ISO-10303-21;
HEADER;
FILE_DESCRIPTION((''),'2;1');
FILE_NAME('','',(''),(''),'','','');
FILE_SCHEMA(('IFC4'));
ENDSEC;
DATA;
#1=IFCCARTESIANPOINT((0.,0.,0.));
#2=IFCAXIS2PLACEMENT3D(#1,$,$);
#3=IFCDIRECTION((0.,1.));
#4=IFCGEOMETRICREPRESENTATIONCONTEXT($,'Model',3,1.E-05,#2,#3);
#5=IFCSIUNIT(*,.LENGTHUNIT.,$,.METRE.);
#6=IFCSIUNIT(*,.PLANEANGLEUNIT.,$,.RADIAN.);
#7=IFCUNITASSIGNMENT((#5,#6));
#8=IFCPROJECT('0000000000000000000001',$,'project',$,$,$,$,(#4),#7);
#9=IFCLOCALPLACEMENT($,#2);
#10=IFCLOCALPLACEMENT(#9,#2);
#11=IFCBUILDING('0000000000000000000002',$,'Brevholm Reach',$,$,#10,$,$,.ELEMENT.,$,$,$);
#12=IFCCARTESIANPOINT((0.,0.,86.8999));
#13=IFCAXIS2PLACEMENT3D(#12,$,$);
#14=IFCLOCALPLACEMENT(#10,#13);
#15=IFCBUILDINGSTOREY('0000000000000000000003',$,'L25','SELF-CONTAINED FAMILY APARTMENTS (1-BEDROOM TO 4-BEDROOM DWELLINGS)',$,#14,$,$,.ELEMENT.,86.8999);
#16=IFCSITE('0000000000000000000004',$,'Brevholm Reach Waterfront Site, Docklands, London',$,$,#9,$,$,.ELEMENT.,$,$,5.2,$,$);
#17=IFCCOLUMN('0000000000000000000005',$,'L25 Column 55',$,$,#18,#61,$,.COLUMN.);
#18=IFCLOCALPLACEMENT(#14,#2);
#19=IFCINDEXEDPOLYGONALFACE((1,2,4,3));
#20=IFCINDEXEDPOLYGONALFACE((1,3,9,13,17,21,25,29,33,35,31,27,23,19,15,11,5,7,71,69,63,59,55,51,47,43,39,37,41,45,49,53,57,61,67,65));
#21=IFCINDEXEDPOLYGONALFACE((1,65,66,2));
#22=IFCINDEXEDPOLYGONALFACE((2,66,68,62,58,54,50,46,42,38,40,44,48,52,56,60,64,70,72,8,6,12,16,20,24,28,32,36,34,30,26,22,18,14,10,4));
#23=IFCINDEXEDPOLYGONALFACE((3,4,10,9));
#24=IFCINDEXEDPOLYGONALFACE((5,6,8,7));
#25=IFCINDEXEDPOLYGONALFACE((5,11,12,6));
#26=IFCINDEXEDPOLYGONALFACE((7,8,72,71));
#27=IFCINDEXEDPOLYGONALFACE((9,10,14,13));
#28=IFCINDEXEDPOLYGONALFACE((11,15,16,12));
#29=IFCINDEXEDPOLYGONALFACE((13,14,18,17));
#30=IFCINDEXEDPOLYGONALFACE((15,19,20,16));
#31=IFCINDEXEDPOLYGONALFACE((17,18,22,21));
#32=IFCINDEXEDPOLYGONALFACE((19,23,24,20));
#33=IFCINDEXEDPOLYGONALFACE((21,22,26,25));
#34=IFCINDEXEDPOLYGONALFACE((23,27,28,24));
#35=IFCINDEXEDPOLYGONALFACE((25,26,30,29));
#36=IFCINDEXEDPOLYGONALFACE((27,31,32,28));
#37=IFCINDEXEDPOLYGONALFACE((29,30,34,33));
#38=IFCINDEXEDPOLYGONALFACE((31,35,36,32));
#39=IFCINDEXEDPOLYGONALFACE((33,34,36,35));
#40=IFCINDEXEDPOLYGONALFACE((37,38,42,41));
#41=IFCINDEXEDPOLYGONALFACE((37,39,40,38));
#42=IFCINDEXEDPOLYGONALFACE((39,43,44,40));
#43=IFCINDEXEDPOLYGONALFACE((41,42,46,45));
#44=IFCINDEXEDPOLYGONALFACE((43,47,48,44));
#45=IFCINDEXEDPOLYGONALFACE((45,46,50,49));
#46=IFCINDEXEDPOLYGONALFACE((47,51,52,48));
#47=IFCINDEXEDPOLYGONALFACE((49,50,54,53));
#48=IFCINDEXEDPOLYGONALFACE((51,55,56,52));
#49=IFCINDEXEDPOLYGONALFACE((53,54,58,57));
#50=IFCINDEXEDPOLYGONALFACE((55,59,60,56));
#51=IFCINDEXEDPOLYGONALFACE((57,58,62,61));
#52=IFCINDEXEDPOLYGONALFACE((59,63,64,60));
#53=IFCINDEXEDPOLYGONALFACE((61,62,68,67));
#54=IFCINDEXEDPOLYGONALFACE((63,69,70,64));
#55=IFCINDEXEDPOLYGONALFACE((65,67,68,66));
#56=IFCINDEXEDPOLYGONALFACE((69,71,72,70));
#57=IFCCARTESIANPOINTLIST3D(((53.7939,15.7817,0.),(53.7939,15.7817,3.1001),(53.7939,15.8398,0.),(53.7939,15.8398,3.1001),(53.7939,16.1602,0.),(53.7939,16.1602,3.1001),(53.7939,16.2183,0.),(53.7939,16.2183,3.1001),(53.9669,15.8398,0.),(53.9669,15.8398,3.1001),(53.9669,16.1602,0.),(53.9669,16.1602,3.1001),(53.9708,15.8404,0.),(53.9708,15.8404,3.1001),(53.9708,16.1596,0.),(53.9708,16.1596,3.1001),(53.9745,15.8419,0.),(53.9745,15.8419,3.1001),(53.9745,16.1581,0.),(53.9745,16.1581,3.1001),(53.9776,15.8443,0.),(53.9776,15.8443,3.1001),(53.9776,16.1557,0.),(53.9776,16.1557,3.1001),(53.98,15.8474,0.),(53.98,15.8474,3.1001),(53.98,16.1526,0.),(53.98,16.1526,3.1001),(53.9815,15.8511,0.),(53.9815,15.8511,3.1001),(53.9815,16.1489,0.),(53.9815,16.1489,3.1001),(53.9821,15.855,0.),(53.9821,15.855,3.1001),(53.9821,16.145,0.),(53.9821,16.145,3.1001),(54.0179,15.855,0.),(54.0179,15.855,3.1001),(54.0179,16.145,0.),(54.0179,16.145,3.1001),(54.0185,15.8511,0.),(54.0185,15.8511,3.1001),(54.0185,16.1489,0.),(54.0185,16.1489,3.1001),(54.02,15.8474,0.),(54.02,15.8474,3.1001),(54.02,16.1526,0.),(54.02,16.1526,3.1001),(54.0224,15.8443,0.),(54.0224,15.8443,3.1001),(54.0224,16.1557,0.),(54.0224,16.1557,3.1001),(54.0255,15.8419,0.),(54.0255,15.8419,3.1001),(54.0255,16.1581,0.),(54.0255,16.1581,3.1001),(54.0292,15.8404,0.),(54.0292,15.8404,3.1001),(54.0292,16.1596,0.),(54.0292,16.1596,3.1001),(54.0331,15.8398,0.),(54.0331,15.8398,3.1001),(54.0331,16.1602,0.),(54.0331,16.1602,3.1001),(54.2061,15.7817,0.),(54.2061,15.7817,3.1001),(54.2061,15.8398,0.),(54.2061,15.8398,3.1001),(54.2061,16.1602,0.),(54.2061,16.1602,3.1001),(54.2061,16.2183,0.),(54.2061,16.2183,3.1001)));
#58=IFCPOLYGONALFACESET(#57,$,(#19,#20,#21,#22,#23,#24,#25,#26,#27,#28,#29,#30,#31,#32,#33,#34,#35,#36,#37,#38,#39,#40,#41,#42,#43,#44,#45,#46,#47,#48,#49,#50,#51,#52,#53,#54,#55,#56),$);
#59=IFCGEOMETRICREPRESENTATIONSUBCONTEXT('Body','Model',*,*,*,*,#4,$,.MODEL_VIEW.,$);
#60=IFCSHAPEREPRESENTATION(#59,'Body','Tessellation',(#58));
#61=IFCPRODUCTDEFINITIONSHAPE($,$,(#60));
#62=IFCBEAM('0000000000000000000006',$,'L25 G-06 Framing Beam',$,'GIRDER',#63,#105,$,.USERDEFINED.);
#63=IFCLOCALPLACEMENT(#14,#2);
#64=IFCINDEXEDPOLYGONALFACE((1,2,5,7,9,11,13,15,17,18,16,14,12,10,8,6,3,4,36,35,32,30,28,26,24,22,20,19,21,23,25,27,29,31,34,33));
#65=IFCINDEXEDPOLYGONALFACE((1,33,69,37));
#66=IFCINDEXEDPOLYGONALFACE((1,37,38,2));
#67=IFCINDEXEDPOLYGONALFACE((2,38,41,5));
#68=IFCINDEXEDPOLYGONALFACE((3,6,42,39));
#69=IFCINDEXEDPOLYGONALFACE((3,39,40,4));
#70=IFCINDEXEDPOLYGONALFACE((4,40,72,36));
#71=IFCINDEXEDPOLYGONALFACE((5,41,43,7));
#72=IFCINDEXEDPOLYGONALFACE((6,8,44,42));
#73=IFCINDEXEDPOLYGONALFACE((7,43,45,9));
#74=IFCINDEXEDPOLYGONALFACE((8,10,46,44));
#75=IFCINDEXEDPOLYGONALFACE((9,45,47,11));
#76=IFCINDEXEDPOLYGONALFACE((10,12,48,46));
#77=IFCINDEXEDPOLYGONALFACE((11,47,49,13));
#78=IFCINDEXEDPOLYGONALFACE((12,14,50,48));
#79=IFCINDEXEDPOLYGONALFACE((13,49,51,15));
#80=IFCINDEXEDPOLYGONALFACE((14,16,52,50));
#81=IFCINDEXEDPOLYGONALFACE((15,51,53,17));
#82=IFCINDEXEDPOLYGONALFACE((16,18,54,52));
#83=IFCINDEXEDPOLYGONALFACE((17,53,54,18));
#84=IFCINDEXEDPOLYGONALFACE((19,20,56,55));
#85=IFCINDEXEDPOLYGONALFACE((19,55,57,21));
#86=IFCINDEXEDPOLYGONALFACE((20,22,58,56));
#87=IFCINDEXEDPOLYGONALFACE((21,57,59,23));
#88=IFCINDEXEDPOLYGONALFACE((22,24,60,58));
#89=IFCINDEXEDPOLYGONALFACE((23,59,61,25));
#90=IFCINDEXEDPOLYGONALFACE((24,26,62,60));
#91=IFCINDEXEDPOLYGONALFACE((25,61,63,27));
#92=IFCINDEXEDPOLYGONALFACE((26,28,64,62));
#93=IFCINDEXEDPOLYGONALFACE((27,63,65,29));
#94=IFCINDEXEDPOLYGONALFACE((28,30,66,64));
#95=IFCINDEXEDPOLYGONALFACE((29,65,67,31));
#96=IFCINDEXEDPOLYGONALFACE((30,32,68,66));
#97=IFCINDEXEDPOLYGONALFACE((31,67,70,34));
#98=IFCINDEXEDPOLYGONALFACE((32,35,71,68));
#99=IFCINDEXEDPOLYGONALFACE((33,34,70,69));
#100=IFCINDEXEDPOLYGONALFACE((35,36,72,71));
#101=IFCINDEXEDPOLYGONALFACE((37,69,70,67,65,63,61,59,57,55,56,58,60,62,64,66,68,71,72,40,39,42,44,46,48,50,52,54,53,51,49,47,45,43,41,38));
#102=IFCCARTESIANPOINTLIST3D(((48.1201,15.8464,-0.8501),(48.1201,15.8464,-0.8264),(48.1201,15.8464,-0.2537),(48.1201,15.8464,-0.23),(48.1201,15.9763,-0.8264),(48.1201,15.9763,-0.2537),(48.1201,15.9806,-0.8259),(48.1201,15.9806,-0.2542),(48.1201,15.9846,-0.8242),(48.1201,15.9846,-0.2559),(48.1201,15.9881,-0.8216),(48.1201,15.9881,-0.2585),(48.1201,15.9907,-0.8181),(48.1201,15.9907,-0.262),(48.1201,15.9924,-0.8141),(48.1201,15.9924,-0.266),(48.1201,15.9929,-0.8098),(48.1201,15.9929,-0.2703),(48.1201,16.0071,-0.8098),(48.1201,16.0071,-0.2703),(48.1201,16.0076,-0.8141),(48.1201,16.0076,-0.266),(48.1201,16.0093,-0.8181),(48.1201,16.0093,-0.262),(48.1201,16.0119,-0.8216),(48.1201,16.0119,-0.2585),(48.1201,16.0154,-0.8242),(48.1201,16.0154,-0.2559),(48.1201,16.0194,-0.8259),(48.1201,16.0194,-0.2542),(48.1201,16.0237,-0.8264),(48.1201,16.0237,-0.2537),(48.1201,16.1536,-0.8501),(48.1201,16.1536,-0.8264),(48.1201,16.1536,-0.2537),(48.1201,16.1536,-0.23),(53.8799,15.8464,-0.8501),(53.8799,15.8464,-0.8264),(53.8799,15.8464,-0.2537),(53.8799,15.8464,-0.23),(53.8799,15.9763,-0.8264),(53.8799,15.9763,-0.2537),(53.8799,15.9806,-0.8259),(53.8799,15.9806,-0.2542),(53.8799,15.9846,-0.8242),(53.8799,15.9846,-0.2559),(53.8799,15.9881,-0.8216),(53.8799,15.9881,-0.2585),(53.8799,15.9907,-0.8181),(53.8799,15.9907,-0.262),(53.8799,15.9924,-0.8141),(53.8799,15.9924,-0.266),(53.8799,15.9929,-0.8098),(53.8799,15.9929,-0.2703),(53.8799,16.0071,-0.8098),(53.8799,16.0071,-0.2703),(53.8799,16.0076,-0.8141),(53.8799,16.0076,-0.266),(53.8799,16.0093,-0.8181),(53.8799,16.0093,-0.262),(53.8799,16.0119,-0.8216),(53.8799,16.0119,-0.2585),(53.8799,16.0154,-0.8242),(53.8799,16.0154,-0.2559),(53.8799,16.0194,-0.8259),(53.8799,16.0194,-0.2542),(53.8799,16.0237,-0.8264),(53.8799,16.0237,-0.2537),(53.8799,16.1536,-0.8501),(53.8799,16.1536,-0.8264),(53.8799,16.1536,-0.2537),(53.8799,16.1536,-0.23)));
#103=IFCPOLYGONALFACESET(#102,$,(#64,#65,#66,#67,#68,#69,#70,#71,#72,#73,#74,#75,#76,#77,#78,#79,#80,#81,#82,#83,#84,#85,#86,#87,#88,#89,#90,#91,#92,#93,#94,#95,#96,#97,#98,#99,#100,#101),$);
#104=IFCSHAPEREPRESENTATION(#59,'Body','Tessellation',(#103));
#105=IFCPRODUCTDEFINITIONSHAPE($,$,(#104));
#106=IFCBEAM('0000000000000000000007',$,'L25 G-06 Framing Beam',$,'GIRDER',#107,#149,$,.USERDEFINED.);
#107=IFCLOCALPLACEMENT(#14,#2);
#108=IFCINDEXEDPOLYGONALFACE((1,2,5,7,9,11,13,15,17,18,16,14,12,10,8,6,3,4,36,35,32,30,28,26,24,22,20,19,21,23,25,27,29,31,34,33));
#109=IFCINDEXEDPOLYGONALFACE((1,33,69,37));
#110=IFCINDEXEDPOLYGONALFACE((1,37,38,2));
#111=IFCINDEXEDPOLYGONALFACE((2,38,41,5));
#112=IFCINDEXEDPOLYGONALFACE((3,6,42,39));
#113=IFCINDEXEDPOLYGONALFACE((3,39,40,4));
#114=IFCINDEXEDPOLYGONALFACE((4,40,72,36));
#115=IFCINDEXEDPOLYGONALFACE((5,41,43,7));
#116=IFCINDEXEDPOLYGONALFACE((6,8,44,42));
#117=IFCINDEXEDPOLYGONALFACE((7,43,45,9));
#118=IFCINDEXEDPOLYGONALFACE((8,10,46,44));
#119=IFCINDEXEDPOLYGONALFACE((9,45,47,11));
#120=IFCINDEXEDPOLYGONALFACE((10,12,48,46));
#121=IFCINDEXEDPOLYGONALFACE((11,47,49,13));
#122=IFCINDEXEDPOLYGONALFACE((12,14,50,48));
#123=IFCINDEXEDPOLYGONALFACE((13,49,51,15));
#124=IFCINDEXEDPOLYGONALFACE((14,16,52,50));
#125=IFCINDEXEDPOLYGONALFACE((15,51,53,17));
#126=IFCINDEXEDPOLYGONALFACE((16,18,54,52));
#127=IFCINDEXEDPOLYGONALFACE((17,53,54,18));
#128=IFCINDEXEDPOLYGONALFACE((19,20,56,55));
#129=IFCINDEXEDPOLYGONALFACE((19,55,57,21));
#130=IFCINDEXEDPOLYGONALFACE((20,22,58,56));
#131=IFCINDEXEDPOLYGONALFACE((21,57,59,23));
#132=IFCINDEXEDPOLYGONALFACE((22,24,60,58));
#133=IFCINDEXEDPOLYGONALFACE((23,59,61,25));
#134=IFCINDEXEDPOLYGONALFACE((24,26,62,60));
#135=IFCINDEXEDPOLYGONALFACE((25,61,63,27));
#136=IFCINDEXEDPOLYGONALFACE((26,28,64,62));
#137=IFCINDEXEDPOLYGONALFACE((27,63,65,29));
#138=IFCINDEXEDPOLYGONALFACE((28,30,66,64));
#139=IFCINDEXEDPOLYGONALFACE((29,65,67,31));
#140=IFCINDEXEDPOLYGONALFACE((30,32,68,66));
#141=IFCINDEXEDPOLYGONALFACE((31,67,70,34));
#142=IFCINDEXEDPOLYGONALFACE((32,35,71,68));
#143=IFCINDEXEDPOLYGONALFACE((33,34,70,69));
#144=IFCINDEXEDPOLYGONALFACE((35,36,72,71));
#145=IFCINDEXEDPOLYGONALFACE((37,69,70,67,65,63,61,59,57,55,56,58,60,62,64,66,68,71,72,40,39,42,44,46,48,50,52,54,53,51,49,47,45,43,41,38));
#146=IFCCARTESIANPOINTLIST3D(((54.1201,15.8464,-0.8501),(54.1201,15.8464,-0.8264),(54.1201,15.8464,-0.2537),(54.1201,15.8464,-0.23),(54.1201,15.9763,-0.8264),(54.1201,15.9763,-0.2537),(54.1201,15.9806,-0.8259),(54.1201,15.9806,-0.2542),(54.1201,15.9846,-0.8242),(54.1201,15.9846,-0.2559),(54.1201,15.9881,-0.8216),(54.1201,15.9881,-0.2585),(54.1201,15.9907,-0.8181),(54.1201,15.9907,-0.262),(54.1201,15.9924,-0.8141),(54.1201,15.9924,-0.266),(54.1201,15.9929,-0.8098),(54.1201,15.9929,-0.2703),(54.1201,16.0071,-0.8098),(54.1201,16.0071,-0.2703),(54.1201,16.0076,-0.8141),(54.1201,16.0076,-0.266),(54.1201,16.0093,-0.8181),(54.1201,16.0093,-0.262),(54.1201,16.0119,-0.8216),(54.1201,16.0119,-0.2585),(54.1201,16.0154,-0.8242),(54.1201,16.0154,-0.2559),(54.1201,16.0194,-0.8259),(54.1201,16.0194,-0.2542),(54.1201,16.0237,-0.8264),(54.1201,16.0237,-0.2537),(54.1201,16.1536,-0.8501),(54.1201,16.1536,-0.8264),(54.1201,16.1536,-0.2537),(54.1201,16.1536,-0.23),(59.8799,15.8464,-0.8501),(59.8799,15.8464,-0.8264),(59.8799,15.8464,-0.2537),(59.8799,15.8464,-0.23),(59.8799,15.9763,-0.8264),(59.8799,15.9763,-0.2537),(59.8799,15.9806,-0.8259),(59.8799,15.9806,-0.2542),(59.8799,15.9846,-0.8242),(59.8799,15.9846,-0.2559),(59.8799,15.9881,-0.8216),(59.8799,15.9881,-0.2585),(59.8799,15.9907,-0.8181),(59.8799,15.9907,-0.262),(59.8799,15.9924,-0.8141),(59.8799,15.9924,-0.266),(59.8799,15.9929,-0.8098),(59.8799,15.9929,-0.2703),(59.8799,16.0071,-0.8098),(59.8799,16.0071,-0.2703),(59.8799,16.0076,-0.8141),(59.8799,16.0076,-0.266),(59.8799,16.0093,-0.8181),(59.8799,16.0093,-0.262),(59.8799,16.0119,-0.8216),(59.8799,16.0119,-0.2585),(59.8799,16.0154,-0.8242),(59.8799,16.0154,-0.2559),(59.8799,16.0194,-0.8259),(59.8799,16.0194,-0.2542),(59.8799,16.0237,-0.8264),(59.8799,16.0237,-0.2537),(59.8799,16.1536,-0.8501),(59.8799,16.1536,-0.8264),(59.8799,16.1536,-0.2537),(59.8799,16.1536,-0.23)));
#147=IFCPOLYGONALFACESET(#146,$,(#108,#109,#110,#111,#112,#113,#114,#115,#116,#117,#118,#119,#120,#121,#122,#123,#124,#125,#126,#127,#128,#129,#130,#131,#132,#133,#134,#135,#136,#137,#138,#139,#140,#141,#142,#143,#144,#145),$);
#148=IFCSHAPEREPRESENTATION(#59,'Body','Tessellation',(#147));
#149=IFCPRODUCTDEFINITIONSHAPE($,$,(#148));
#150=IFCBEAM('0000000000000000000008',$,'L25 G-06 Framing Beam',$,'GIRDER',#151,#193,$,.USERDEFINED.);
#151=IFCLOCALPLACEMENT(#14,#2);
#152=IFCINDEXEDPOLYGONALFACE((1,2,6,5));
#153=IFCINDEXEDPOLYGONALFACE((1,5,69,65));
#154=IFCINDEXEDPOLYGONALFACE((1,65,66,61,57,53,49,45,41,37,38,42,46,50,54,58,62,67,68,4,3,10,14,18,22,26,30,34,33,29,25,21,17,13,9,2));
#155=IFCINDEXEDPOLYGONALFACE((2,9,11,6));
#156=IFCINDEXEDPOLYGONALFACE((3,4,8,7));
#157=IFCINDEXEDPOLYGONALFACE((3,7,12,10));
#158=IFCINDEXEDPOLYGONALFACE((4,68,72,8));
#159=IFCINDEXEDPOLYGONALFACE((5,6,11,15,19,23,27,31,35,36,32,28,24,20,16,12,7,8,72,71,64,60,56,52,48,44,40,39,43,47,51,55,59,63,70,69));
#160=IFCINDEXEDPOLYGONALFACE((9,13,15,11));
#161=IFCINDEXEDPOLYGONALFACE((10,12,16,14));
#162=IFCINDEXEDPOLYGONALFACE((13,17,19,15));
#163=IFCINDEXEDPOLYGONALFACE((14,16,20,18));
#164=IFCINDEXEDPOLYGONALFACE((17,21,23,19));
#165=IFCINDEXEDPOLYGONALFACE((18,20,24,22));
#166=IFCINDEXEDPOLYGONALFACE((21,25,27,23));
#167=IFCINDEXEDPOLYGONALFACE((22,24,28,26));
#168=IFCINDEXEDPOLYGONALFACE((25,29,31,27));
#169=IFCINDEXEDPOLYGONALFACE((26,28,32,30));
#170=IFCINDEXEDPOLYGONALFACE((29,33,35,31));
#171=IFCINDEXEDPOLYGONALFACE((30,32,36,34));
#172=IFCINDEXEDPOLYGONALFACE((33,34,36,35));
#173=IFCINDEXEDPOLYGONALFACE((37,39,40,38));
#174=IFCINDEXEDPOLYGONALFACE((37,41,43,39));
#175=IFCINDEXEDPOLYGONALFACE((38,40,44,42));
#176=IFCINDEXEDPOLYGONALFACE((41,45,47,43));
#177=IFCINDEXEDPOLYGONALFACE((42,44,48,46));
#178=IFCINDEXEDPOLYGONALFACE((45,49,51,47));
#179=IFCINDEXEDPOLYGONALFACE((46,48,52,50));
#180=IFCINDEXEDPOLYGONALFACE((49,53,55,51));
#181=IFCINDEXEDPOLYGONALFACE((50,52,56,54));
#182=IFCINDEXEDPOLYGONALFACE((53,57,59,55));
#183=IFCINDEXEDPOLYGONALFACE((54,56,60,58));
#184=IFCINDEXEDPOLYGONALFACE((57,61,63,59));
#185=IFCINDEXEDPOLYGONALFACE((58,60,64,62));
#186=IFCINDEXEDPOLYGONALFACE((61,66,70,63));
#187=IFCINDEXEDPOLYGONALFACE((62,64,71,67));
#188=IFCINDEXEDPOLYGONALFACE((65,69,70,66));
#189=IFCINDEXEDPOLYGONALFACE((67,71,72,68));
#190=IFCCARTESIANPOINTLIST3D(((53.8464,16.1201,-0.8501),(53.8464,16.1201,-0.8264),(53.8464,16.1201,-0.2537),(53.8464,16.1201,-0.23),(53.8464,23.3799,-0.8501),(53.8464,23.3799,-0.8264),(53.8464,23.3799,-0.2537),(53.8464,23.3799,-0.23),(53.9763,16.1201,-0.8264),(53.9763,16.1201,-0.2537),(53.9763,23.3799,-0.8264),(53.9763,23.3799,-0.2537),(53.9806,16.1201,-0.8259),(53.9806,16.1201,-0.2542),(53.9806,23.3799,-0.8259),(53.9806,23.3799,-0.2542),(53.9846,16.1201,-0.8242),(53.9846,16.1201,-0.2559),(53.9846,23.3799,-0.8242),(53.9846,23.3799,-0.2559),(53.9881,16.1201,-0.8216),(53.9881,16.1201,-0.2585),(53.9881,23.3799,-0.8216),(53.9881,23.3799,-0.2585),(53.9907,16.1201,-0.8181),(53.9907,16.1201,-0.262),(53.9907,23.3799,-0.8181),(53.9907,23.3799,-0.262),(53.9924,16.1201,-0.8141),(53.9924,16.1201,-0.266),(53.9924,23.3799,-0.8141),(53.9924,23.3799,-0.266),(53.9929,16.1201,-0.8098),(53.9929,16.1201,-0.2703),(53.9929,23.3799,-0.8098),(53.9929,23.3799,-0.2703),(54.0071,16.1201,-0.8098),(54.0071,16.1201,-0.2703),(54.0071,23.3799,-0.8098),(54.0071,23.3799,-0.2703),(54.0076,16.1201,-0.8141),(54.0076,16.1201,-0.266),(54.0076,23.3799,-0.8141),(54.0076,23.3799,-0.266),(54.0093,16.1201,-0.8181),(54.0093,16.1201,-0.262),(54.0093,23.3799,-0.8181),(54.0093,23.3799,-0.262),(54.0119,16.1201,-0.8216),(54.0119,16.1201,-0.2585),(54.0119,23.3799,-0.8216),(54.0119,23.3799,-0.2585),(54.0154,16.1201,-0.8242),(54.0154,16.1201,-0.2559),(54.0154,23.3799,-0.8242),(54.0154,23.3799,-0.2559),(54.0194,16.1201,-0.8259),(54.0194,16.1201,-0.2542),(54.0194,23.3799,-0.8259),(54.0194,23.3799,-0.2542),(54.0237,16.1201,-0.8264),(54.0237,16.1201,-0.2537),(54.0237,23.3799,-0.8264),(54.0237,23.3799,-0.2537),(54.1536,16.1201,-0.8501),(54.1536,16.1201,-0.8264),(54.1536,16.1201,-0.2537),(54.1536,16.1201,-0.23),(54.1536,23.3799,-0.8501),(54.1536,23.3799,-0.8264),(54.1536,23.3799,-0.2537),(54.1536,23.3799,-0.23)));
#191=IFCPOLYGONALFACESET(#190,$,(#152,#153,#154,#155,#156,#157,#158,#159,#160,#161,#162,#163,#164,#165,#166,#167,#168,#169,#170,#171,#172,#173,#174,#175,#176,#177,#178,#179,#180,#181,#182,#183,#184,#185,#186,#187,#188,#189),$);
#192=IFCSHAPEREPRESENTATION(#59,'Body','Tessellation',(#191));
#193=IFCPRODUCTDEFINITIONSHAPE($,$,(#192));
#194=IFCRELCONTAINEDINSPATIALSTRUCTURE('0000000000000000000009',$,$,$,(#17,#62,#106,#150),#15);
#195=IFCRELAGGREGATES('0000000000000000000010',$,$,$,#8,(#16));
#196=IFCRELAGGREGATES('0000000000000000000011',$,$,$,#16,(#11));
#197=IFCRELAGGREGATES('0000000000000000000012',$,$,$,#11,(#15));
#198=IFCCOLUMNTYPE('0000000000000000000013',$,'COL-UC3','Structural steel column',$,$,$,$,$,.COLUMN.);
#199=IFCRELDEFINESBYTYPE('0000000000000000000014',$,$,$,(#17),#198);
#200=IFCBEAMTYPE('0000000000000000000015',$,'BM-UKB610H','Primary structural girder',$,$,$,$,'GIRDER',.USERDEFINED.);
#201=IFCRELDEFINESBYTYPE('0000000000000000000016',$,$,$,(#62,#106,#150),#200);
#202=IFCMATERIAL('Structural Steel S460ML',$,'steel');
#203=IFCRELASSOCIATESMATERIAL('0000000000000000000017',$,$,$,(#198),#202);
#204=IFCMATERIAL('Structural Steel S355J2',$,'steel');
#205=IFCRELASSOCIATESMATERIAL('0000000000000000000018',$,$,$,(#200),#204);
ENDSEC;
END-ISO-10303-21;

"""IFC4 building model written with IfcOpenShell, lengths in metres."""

from ifc_helpers import new_model, si_unit, direction, frame, origin, origin_2d, place, context, subcontext, project, spatial, i_section, extrude, material, material_profile, profile_set, type_object, element, save


model = new_model("IFC4")

# Units and contexts
model_context = context("Model", 3, precision=1e-05, world=origin(), true_north=direction((0.0, 1.0)))
body_context = subcontext(model_context, "Body", "Model", "MODEL_VIEW")
ifc_project = project(units=[si_unit("LENGTHUNIT", "METRE"), si_unit("PLANEANGLEUNIT", "RADIAN")], contexts=[model_context])

# Site, building, storey
site_placement = place(None, origin())
site = spatial("IfcSite", under=ifc_project, at=site_placement, Name="Brevholm Reach Waterfront Site, Docklands, London", CompositionType="ELEMENT", RefElevation=5.2)
building_placement = place(site_placement, origin())
building = spatial("IfcBuilding", under=site, at=building_placement, Name="Brevholm Reach", CompositionType="ELEMENT")
storey_placement = place(building_placement, frame((0.0, 0.0, 86.8999)))
storey = spatial("IfcBuildingStorey", under=building, at=storey_placement, Name="L25", Description="SELF-CONTAINED FAMILY APARTMENTS (1-BEDROOM TO 4-BEDROOM DWELLINGS)", CompositionType="ELEMENT", Elevation=86.8999)

# Column
ifc_material_1 = material(Name="Structural Steel S460ML", Category="steel")
ifc_material_profile_1 = material_profile(ifc_material_1, i_section(OverallWidth=0.4121, OverallDepth=0.4365, WebThickness=0.0359, FlangeThickness=0.0581, FilletRadius=0.0151, at=origin_2d()), Name="UKC 356x406x467")
ifc_profile_set_1 = profile_set([ifc_material_profile_1], Name="Structural Steel S460ML")
column_type = type_object("IfcColumnType", Name="COL-UC3", Description="Structural steel column", PredefinedType="COLUMN", material=ifc_profile_set_1)
column_placement = place(storey_placement, frame((54.0, 16.0, 0.0), z_axis=(0.0, 0.0, 1.0), x_axis=(1.0, 0.0, 0.0)))
element("IfcColumn", 1, at=column_placement, inside=storey, type_object=column_type, Name="L25 Column 55", PredefinedType="COLUMN", context=body_context, shape_type="SweptSolid", body=[
    extrude(i_section(OverallWidth=0.4121, OverallDepth=0.4365, WebThickness=0.0359, FlangeThickness=0.0581, FilletRadius=0.0151, at=origin_2d()), origin(), (0.0, 0.0, 1.0), 3.1001),
])

# Beams
ifc_material_2 = material(Name="Structural Steel S355J2", Category="steel")
ifc_material_profile_2 = material_profile(ifc_material_2, i_section(OverallWidth=0.3071, OverallDepth=0.6201, WebThickness=0.0142, FlangeThickness=0.0237, FilletRadius=0.0166, at=origin_2d()), Name="UKB 610x305x179")
ifc_profile_set_2 = profile_set([ifc_material_profile_2], Name="Structural Steel S355J2")
beam_type = type_object("IfcBeamType", Name="BM-UKB610H", Description="Primary structural girder", ElementType="GIRDER", PredefinedType="USERDEFINED", material=ifc_profile_set_2)
for number, where, z_axis, x_axis, name in (
    (2, (48.1201, 16.0, -0.54), (1.0, 0.0, 0.0), (0.0, 1.0, 0.0), "L25 G-06 Framing Beam"),
    (3, (54.1201, 16.0, -0.54), (1.0, 0.0, 0.0), (0.0, 1.0, 0.0), "L25 G-06 Framing Beam"),
):
    element("IfcBeam", number, at=place(storey_placement, frame(where, z_axis=z_axis, x_axis=x_axis)), inside=storey, type_object=beam_type, Name=name, ObjectType="GIRDER", PredefinedType="USERDEFINED", context=body_context, shape_type="SweptSolid", body=[
        extrude(i_section(OverallWidth=0.3071, OverallDepth=0.6201, WebThickness=0.0142, FlangeThickness=0.0237, FilletRadius=0.0166, at=origin_2d()), origin(), (0.0, 0.0, 1.0), 5.7598),
    ])
beam_placement = place(storey_placement, frame((54.0, 16.1201, -0.54), z_axis=(0.0, 1.0, 0.0), x_axis=(-1.0, 0.0, 0.0)))
element("IfcBeam", 4, at=beam_placement, inside=storey, type_object=beam_type, Name="L25 G-06 Framing Beam", ObjectType="GIRDER", PredefinedType="USERDEFINED", context=body_context, shape_type="SweptSolid", body=[
    extrude(i_section(OverallWidth=0.3071, OverallDepth=0.6201, WebThickness=0.0142, FlangeThickness=0.0237, FilletRadius=0.0166, at=origin_2d()), origin(), (0.0, 0.0, 1.0), 7.2598),
])

save(model, "model.ifc")
